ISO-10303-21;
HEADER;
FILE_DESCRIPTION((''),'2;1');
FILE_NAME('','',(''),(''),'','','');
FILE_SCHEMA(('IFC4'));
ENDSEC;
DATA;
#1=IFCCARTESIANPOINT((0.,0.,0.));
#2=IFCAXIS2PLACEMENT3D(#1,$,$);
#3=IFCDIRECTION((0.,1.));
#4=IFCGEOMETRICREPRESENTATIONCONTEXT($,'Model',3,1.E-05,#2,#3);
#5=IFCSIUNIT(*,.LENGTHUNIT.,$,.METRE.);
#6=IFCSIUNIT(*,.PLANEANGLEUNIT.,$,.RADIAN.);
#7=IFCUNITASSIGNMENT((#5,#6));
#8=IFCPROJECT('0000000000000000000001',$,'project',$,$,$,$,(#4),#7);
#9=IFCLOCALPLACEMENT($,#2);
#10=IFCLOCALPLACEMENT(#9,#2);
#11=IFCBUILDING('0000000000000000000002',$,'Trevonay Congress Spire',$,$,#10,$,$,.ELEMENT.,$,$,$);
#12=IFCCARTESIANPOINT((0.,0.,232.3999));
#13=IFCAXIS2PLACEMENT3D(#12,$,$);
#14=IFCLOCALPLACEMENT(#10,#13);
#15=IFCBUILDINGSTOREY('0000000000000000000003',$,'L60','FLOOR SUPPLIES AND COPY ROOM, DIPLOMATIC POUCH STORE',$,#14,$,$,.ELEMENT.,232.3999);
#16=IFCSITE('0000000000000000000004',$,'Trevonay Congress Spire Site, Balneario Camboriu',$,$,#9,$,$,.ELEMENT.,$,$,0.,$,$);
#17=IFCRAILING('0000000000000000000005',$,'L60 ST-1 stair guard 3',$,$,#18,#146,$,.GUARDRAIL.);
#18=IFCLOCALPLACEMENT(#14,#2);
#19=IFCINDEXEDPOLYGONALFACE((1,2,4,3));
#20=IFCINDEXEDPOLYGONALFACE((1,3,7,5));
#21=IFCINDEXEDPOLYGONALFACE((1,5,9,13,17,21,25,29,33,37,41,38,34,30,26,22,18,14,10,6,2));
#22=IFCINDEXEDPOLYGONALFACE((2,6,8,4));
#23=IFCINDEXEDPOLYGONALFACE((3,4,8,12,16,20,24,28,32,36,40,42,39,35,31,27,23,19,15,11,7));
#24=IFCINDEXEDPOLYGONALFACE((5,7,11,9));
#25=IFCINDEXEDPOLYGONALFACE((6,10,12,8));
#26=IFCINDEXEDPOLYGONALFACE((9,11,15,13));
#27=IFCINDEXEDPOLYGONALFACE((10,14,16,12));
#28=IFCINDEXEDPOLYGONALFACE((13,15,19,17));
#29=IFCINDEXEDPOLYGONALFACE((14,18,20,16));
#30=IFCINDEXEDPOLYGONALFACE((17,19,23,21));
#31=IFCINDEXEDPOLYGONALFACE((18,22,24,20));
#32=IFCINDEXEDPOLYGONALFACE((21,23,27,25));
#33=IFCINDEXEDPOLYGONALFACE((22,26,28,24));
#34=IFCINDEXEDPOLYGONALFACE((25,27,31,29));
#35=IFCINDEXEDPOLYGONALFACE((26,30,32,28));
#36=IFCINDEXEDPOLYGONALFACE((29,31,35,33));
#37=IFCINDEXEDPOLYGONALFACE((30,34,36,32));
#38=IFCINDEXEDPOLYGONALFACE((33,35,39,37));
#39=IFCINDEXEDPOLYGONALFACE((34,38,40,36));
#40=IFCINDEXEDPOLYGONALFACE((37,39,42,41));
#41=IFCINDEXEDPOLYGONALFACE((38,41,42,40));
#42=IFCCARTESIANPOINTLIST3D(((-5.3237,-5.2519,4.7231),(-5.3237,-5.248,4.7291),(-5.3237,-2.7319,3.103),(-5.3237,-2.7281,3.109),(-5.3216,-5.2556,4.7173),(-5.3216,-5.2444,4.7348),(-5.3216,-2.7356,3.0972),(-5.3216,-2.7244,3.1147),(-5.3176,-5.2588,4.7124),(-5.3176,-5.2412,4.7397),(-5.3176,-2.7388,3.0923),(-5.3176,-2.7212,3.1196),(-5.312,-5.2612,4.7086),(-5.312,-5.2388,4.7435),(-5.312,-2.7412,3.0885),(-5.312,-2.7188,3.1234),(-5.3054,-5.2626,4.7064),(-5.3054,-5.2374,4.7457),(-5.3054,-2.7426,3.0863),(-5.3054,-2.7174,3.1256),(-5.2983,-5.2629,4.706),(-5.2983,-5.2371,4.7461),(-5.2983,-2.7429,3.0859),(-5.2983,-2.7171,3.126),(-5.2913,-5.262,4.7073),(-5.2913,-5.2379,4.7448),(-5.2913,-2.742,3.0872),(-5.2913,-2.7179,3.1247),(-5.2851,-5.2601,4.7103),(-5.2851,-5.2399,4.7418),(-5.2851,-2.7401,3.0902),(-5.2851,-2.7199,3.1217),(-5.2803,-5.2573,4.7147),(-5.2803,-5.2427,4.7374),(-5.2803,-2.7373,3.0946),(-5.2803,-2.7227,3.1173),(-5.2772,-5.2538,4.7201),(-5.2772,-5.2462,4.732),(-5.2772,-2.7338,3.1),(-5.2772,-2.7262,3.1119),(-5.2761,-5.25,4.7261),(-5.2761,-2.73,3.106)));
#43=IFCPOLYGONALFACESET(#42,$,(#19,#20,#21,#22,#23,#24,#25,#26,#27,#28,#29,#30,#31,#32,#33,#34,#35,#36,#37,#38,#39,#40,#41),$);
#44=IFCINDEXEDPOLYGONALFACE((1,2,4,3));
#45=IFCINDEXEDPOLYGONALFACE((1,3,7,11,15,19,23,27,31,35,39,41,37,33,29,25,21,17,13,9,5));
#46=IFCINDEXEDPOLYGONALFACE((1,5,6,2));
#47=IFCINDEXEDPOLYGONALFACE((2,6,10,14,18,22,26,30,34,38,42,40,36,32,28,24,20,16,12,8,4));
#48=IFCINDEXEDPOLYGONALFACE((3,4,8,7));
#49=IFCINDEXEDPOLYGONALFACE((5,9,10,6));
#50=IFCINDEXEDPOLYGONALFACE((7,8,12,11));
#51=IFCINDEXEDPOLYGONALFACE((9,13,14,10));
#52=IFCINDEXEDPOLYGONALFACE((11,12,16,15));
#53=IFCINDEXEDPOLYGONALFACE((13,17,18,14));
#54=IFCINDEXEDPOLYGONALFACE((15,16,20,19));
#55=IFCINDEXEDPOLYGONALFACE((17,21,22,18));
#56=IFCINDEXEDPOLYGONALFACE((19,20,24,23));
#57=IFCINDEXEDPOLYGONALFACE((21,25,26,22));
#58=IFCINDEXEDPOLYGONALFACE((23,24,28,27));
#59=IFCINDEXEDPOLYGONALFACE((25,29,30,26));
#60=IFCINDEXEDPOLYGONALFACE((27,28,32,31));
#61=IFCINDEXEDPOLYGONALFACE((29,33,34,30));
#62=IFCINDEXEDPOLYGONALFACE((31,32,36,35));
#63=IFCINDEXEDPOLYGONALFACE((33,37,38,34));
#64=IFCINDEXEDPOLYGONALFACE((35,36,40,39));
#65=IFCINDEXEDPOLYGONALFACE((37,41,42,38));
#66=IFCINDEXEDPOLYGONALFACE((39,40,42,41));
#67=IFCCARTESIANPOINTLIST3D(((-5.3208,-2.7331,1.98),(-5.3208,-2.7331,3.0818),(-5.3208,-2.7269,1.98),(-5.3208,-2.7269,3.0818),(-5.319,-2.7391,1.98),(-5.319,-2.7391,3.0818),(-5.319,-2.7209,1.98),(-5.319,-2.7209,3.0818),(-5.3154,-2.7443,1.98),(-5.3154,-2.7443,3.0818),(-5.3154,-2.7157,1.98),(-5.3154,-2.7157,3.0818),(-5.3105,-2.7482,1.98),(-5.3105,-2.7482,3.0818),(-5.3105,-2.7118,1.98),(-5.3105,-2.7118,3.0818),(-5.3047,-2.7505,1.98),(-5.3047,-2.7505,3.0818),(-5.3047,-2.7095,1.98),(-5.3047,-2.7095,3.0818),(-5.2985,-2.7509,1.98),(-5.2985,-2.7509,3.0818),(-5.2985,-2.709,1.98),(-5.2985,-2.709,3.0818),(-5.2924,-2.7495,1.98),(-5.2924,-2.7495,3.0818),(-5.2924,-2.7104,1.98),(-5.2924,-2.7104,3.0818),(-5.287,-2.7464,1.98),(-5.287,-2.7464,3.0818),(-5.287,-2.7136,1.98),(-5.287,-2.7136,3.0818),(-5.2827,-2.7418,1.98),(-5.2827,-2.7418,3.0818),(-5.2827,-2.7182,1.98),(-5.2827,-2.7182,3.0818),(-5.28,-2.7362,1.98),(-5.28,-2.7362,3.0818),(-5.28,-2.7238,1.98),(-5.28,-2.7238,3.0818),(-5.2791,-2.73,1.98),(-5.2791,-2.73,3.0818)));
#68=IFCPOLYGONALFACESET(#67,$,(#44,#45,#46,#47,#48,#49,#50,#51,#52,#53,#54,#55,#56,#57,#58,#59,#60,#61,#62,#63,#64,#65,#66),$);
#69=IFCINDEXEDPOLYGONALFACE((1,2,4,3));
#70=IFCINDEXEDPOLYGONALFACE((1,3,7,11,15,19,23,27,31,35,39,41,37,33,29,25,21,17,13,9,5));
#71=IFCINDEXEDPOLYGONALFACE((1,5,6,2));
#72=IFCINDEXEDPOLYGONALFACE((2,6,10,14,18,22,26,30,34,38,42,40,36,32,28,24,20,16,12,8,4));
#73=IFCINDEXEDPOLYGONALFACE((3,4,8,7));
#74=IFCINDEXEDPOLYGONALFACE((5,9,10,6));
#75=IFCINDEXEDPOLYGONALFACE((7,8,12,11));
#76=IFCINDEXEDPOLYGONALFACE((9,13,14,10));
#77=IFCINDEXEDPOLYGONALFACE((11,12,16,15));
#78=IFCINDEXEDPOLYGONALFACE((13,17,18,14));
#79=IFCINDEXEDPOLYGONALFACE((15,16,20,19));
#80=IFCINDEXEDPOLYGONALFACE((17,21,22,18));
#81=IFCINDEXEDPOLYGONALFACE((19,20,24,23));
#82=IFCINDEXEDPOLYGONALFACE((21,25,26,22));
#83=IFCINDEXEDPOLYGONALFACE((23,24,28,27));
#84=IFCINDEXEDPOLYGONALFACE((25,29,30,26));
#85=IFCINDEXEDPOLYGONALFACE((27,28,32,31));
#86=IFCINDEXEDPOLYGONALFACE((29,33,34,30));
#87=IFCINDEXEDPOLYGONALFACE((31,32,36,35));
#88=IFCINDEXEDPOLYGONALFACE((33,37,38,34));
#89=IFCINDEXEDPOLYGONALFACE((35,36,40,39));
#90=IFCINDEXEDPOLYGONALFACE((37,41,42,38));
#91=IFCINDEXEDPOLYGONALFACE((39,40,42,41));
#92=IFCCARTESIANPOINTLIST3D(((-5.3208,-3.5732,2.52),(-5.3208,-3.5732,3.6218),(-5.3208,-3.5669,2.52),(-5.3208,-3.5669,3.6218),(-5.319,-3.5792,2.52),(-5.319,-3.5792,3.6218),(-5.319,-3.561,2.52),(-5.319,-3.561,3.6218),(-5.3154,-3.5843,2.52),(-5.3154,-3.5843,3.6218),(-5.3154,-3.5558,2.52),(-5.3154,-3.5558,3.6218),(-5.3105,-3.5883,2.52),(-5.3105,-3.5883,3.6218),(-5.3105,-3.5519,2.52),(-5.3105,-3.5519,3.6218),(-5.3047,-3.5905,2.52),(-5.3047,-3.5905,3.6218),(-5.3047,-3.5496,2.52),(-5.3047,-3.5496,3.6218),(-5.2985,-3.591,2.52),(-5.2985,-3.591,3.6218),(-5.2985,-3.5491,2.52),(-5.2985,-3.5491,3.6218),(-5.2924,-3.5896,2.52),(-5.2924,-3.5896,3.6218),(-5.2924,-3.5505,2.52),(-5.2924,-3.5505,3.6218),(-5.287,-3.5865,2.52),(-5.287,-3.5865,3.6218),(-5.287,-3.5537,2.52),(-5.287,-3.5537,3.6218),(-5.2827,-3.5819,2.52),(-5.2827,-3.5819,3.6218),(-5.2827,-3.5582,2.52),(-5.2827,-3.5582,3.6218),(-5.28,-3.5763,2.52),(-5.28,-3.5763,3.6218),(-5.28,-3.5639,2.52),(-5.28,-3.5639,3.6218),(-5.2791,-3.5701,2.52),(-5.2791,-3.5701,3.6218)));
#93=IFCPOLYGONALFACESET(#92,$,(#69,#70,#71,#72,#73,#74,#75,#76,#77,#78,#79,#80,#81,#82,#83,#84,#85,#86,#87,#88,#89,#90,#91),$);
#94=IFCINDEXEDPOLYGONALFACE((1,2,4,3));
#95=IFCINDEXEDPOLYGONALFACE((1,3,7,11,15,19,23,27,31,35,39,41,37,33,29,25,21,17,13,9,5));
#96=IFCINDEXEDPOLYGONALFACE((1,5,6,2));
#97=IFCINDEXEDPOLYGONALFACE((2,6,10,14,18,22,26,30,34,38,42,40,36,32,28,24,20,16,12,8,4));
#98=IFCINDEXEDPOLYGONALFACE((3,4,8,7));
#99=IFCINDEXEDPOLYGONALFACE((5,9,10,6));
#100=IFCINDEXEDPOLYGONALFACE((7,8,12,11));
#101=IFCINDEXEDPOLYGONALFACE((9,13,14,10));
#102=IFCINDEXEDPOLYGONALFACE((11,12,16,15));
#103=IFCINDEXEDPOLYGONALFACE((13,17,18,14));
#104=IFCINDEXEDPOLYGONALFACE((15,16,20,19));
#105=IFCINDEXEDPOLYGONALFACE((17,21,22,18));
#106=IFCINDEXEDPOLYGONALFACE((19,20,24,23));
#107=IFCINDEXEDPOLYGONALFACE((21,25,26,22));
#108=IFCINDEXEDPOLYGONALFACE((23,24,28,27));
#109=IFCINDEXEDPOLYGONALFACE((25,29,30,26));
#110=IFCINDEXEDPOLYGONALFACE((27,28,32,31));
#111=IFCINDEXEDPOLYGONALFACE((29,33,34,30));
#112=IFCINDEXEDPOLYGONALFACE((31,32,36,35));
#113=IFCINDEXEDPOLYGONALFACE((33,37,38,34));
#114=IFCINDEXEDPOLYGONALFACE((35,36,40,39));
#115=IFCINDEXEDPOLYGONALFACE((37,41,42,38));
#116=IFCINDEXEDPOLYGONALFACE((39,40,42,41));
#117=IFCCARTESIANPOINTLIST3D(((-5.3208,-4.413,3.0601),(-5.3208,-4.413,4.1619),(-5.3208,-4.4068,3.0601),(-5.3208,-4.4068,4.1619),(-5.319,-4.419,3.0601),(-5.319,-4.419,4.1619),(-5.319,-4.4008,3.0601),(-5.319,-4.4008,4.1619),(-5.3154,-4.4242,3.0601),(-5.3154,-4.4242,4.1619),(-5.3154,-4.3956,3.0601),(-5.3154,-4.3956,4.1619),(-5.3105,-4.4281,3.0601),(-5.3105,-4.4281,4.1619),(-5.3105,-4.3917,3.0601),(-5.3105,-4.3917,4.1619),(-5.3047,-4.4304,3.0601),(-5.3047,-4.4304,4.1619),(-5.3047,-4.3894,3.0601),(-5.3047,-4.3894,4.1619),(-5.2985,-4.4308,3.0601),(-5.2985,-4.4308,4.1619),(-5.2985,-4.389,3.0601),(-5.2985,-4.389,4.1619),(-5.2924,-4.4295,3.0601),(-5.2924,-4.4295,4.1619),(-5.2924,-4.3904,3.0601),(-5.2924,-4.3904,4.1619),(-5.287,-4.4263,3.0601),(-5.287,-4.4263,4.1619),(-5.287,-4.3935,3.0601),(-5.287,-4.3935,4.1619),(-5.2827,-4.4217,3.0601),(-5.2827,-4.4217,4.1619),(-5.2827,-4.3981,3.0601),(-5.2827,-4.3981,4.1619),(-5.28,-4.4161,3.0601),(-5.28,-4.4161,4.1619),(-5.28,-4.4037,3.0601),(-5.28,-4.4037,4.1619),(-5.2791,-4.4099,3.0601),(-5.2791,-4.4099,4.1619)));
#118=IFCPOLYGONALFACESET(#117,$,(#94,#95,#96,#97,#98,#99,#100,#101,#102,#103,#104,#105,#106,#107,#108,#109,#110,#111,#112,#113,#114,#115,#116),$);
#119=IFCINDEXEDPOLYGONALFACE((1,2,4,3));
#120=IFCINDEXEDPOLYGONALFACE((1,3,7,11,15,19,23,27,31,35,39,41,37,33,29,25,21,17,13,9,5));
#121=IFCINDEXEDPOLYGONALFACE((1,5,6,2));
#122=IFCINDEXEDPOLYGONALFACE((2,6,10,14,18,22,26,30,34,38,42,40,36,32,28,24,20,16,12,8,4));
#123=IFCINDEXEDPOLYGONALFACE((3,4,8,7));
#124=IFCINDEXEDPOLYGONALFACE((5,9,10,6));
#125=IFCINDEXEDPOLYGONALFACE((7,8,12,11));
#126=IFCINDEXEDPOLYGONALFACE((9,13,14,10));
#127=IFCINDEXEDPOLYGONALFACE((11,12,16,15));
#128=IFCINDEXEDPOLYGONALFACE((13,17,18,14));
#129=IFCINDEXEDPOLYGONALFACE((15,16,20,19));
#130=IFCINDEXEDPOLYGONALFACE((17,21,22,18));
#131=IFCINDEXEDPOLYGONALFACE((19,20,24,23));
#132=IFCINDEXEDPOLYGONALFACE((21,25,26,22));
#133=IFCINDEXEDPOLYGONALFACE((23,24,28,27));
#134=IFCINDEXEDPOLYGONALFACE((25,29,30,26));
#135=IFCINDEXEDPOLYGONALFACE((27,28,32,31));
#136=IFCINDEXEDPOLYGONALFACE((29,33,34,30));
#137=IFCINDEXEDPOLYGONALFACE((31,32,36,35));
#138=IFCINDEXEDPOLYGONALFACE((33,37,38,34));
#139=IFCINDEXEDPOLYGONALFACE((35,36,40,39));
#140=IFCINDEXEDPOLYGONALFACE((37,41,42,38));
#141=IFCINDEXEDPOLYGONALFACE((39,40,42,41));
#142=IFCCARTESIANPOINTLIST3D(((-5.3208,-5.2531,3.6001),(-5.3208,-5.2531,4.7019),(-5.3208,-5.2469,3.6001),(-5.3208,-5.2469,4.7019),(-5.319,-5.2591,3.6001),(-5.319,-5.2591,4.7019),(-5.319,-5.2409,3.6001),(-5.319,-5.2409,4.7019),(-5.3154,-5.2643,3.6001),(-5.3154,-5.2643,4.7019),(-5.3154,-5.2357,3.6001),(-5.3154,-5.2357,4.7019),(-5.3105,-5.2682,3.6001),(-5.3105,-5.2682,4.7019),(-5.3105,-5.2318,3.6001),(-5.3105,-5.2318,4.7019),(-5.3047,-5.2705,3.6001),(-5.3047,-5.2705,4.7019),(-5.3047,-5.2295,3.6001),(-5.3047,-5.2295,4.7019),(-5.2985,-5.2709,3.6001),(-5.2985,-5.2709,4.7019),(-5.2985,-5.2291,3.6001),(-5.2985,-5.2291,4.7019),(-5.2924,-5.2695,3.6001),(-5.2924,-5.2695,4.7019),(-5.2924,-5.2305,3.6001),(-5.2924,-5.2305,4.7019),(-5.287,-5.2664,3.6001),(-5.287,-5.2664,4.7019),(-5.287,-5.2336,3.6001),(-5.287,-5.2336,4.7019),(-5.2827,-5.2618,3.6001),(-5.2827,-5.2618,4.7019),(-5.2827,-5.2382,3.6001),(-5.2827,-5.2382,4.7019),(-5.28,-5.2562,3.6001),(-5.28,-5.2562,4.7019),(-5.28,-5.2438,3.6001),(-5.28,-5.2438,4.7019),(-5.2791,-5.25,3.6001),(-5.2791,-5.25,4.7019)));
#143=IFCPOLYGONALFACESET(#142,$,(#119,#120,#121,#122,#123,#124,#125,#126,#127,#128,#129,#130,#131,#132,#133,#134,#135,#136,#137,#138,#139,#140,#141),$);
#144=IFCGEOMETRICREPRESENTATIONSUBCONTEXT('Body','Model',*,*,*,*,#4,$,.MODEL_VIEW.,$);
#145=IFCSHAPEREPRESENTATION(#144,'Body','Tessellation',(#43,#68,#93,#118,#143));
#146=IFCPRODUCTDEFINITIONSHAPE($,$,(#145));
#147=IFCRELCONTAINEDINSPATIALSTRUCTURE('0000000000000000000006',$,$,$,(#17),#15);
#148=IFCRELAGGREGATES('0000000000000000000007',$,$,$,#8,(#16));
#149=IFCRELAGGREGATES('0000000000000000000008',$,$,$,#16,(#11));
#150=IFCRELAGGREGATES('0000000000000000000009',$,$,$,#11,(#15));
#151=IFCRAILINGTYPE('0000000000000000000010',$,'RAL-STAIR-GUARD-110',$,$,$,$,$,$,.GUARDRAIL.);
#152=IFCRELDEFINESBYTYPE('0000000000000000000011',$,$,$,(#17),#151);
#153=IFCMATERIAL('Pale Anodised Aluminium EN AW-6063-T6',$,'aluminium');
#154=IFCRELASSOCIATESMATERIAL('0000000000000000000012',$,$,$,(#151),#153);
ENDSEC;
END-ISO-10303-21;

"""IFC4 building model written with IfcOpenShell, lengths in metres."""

from ifc_helpers import new_model, si_unit, direction, frame, origin, origin_2d, place, context, subcontext, project, spatial, circle, extrude, material, type_object, element, save


model = new_model("IFC4")

# Units and contexts
model_context = context("Model", 3, precision=1e-05, world=origin(), true_north=direction((0.0, 1.0)))
body_context = subcontext(model_context, "Body", "Model", "MODEL_VIEW")
ifc_project = project(units=[si_unit("LENGTHUNIT", "METRE"), si_unit("PLANEANGLEUNIT", "RADIAN")], contexts=[model_context])

# Site, building, storey
site_placement = place(None, origin())
site = spatial("IfcSite", under=ifc_project, at=site_placement, Name="Trevonay Congress Spire Site, Balneario Camboriu", CompositionType="ELEMENT", RefElevation=0.0)
building_placement = place(site_placement, origin())
building = spatial("IfcBuilding", under=site, at=building_placement, Name="Trevonay Congress Spire", CompositionType="ELEMENT")
storey_placement = place(building_placement, frame((0.0, 0.0, 232.3999)))
storey = spatial("IfcBuildingStorey", under=building, at=storey_placement, Name="L60", Description="FLOOR SUPPLIES AND COPY ROOM, DIPLOMATIC POUCH STORE", CompositionType="ELEMENT", Elevation=232.3999)

# Railing
ifc_material_1 = material(Name="Pale Anodised Aluminium EN AW-6063-T6", Category="aluminium")
railing_type_1 = type_object("IfcRailingType", Name="RAL-STAIR-GUARD-110", PredefinedType="GUARDRAIL", material=ifc_material_1)
railing_1_placement = place(storey_placement, frame((-5.3, -2.73, 1.98)))
element("IfcRailing", 1, at=railing_1_placement, inside=storey, type_object=railing_type_1, Name="L60 ST-1 stair guard 3", PredefinedType="GUARDRAIL", context=body_context, shape_type="SweptSolid", body=[
    extrude(circle(Radius=0.0239, at=origin_2d()), frame((0.0, 0.0, 1.126), z_axis=(0.0, -0.841163, 0.540782), x_axis=(1.0, 0.0, 0.0)), (0.0, 0.0, 1.0), 2.9958),
    extrude(circle(Radius=0.021, at=origin_2d()), origin(), (0.0, 0.0, 1.0), 1.1018),
    extrude(circle(Radius=0.021, at=origin_2d()), frame((0.0, -0.8401, 0.54)), (0.0, 0.0, 1.0), 1.1018),
    extrude(circle(Radius=0.021, at=origin_2d()), frame((0.0, -1.6799, 1.0801)), (0.0, 0.0, 1.0), 1.1018),
    extrude(circle(Radius=0.021, at=origin_2d()), frame((0.0, -2.52, 1.6201)), (0.0, 0.0, 1.0), 1.1018),
])

save(model, "model.ifc")
